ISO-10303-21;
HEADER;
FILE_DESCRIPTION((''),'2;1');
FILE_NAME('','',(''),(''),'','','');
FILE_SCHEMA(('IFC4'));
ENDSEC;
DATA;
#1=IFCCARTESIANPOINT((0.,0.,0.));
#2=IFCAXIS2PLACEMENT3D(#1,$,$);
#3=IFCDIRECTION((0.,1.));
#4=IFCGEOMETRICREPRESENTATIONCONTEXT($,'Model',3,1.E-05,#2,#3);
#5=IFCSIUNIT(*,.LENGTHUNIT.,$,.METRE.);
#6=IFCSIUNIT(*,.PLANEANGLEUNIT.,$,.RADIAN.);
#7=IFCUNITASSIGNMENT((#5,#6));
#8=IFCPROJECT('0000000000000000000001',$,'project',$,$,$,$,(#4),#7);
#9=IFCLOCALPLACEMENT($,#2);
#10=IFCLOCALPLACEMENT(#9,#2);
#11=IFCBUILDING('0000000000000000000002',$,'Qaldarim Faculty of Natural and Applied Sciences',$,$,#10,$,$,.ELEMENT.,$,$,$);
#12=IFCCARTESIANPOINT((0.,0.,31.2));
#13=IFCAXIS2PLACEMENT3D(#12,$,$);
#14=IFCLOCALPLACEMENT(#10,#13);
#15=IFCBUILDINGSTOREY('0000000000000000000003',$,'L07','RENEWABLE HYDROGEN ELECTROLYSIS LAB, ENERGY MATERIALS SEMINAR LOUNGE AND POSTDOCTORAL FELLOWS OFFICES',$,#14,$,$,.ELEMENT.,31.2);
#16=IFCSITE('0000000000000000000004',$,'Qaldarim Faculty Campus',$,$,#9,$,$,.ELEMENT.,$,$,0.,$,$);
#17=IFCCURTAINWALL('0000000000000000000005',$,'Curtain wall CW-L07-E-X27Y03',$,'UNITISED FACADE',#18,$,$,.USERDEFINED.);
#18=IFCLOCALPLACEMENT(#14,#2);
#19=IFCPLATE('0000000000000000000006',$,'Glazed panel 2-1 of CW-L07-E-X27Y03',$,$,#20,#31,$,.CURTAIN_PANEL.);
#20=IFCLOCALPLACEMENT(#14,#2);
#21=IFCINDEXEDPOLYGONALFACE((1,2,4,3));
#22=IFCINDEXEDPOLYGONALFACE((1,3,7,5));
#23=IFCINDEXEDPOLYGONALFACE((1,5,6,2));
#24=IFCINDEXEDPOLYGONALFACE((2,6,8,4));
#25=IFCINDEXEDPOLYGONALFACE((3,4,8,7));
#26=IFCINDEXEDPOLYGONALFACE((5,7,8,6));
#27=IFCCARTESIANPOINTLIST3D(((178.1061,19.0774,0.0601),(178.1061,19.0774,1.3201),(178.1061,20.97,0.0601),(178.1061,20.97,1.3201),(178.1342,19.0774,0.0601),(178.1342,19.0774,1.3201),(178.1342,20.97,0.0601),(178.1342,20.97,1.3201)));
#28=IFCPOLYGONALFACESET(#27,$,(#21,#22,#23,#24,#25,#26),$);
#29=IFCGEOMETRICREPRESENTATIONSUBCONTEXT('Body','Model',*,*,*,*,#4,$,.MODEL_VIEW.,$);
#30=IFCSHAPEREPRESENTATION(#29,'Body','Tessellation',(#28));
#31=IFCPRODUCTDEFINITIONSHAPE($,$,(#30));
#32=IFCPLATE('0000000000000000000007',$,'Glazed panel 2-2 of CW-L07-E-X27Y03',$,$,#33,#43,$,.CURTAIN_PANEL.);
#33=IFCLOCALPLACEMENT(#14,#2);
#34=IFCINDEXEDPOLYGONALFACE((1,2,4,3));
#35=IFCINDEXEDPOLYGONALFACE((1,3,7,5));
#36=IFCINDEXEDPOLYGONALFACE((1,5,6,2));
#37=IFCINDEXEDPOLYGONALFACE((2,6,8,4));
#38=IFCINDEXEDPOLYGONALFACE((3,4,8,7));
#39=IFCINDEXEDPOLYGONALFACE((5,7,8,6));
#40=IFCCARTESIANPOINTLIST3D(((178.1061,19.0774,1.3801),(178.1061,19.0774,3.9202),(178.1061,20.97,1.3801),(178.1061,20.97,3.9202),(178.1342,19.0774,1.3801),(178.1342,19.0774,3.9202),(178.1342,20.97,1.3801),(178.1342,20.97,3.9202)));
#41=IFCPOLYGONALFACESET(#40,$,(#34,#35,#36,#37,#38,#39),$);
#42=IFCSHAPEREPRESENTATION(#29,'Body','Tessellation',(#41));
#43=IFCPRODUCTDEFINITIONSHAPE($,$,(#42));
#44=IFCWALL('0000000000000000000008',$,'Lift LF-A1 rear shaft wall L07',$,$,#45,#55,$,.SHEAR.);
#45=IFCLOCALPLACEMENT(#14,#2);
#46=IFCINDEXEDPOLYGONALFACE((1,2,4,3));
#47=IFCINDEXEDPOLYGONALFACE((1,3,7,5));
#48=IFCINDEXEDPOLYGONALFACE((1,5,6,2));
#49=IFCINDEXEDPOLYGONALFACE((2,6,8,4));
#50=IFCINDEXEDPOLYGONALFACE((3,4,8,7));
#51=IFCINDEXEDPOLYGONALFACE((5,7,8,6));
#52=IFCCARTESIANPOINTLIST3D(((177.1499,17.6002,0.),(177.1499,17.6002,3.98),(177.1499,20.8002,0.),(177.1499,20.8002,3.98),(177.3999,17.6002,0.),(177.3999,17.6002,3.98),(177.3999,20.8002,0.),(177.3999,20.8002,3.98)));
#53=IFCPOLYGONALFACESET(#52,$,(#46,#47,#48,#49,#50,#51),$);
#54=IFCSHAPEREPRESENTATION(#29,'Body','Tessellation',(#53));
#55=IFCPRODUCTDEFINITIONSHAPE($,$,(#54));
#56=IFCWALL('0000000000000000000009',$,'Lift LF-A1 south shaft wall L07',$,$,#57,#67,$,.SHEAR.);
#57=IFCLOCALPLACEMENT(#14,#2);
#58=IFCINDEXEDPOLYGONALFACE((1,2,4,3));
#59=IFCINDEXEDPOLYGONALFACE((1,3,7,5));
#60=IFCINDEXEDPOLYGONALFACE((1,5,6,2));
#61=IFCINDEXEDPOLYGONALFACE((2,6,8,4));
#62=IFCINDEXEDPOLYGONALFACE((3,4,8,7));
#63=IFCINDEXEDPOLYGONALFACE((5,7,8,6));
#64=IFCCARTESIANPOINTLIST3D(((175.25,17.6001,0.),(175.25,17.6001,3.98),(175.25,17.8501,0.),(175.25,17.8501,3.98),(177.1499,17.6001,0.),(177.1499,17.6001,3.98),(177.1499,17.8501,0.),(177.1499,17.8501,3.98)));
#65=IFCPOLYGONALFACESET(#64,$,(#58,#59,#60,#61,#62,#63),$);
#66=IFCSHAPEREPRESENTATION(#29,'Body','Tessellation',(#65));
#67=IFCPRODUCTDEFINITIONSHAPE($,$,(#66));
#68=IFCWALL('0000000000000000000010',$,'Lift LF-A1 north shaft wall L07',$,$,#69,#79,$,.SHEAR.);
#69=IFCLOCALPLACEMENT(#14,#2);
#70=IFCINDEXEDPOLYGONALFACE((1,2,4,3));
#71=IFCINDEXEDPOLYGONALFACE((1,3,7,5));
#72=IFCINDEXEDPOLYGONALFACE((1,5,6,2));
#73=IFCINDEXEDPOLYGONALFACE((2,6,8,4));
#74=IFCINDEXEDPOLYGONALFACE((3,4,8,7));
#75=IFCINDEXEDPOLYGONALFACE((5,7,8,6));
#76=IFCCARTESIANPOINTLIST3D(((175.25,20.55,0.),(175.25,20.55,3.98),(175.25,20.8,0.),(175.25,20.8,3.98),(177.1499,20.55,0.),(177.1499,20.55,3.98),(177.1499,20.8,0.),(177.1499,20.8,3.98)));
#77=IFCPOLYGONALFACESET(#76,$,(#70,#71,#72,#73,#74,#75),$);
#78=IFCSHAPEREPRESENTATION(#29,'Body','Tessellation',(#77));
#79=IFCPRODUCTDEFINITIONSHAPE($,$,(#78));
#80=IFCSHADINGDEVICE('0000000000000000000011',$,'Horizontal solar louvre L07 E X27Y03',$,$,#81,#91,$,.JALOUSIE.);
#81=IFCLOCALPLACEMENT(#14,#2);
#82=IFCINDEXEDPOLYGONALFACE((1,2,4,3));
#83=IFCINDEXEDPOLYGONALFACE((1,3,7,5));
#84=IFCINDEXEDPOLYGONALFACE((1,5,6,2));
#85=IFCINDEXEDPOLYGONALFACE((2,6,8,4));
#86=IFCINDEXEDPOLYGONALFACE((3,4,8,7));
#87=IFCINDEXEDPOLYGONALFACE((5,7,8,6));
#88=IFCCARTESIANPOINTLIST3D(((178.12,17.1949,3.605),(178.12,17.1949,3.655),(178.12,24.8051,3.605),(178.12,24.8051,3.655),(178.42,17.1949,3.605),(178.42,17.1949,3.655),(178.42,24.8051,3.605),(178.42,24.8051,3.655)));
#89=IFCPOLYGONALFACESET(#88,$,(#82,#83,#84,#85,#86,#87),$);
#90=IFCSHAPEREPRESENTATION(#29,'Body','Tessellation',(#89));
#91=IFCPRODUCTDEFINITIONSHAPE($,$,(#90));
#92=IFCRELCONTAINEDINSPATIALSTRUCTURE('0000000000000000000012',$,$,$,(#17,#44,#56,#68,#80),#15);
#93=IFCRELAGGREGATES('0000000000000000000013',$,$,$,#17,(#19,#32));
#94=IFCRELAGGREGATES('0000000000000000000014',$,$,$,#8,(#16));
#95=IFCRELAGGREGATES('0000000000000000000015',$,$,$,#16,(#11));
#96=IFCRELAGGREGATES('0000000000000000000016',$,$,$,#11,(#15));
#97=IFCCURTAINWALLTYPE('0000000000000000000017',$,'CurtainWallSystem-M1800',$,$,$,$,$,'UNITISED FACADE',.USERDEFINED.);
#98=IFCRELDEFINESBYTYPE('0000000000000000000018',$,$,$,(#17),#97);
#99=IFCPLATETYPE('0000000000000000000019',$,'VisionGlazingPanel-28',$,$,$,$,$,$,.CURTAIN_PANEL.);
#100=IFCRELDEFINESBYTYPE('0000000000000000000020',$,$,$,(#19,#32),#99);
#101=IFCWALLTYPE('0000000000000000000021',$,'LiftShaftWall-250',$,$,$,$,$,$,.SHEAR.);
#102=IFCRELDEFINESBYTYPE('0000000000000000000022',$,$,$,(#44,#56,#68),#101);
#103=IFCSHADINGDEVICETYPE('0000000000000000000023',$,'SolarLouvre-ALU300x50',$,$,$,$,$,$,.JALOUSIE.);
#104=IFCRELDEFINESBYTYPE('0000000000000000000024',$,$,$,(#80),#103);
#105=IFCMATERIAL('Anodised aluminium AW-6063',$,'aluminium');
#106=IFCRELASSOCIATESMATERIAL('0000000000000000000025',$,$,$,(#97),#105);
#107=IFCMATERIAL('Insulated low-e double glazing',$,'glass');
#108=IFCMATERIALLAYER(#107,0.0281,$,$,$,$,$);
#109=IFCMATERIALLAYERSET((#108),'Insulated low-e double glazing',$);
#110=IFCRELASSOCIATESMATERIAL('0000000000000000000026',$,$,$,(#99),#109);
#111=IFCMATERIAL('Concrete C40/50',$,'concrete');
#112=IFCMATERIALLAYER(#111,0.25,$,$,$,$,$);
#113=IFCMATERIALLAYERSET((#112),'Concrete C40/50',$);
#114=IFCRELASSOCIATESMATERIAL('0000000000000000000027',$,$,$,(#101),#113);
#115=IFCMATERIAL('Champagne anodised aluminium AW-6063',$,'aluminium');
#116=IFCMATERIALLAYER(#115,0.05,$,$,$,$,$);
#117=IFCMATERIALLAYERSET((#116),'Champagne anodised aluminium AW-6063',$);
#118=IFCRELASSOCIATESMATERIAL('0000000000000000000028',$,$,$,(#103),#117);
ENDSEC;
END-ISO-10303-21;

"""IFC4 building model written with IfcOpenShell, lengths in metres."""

from ifc_helpers import new_model, si_unit, direction, frame, frame_2d, origin, origin_2d, place, context, subcontext, project, spatial, rectangle, extrude, material, layer, layer_set, type_object, element, aggregate, save


model = new_model("IFC4")

# Units and contexts
model_context = context("Model", 3, precision=1e-05, world=origin(), true_north=direction((0.0, 1.0)))
body_context = subcontext(model_context, "Body", "Model", "MODEL_VIEW")
ifc_project = project(units=[si_unit("LENGTHUNIT", "METRE"), si_unit("PLANEANGLEUNIT", "RADIAN")], contexts=[model_context])

# Site, building, storey
site_placement = place(None, origin())
site = spatial("IfcSite", under=ifc_project, at=site_placement, Name="Qaldarim Faculty Campus", CompositionType="ELEMENT", RefElevation=0.0)
building_placement = place(site_placement, origin())
building = spatial("IfcBuilding", under=site, at=building_placement, Name="Qaldarim Faculty of Natural and Applied Sciences", CompositionType="ELEMENT")
storey_placement = place(building_placement, frame((0.0, 0.0, 31.2)))
storey = spatial("IfcBuildingStorey", under=building, at=storey_placement, Name="L07", Description="RENEWABLE HYDROGEN ELECTROLYSIS LAB, ENERGY MATERIALS SEMINAR LOUNGE AND POSTDOCTORAL FELLOWS OFFICES", CompositionType="ELEMENT", Elevation=31.2)

# Curtain wall
ifc_material_1 = material(Name="Anodised aluminium AW-6063", Category="aluminium")
curtain_wall_type = type_object("IfcCurtainWallType", Name="CurtainWallSystem-M1800", ElementType="UNITISED FACADE", PredefinedType="USERDEFINED", material=ifc_material_1)
curtain_wall_placement = place(storey_placement, origin())
curtain_wall = element("IfcCurtainWall", 1, at=curtain_wall_placement, inside=storey, type_object=curtain_wall_type, Name="Curtain wall CW-L07-E-X27Y03", ObjectType="UNITISED FACADE", PredefinedType="USERDEFINED")

# Plates
ifc_material_2 = material(Name="Insulated low-e double glazing", Category="glass")
ifc_layer_1 = layer(ifc_material_2, 0.0281)
ifc_layer_set_1 = layer_set([ifc_layer_1], Name="Insulated low-e double glazing")
plate_type = type_object("IfcPlateType", Name="VisionGlazingPanel-28", PredefinedType="CURTAIN_PANEL", material=ifc_layer_set_1)
plate_1_placement = place(storey_placement, frame((178.1201, 20.0237, 0.0601), z_axis=(0.0, 0.0, 1.0), x_axis=(0.0, 1.0, 0.0)))
plate_1 = element("IfcPlate", 2, at=plate_1_placement, type_object=plate_type, Name="Glazed panel 2-1 of CW-L07-E-X27Y03", PredefinedType="CURTAIN_PANEL", context=body_context, shape_type="SweptSolid", body=[
    extrude(rectangle(XDim=1.8926, YDim=0.0281, at=origin_2d()), origin(), (0.0, 0.0, 1.0), 1.26),
])
plate_2_placement = place(storey_placement, frame((178.1201, 20.0237, 1.3801), z_axis=(0.0, 0.0, 1.0), x_axis=(0.0, 1.0, 0.0)))
plate_2 = element("IfcPlate", 3, at=plate_2_placement, type_object=plate_type, Name="Glazed panel 2-2 of CW-L07-E-X27Y03", PredefinedType="CURTAIN_PANEL", context=body_context, shape_type="SweptSolid", body=[
    extrude(rectangle(XDim=1.8926, YDim=0.0281, at=origin_2d()), origin(), (0.0, 0.0, 1.0), 2.54),
])
aggregate(curtain_wall, [plate_1, plate_2])

# Shared definitions
ifc_material_3 = material(Name="Concrete C40/50", Category="concrete")
ifc_layer_2 = layer(ifc_material_3, 0.25)
ifc_layer_set_2 = layer_set([ifc_layer_2], Name="Concrete C40/50")
wall_type = type_object("IfcWallType", Name="LiftShaftWall-250", PredefinedType="SHEAR", material=ifc_layer_set_2)

# Walls
wall_1_placement = place(storey_placement, frame((177.2749, 17.6001, 0.0), z_axis=(0.0, 0.0, 1.0), x_axis=(0.0, 1.0, 0.0)))
element("IfcWall", 4, at=wall_1_placement, inside=storey, type_object=wall_type, Name="Lift LF-A1 rear shaft wall L07", PredefinedType="SHEAR", context=body_context, shape_type="SweptSolid", body=[
    extrude(rectangle(XDim=3.2, YDim=0.25, at=frame_2d((1.6001, 0.0))), origin(), (0.0, 0.0, 1.0), 3.98),
])
for number, where, z_axis, x_axis, name in (
    (5, (175.25, 17.7251, 0.0), (0.0, 0.0, 1.0), (1.0, 0.0, 0.0), "Lift LF-A1 south shaft wall L07"),
    (6, (175.25, 20.675, 0.0), (0.0, 0.0, 1.0), (1.0, 0.0, 0.0), "Lift LF-A1 north shaft wall L07"),
):
    element("IfcWall", number, at=place(storey_placement, frame(where, z_axis=z_axis, x_axis=x_axis)), inside=storey, type_object=wall_type, Name=name, PredefinedType="SHEAR", context=body_context, shape_type="SweptSolid", body=[
        extrude(rectangle(XDim=1.8999, YDim=0.25, at=frame_2d((0.95, 0.0))), origin(), (0.0, 0.0, 1.0), 3.98),
    ])

# Shading device
ifc_material_4 = material(Name="Champagne anodised aluminium AW-6063", Category="aluminium")
ifc_layer_3 = layer(ifc_material_4, 0.05)
ifc_layer_set_3 = layer_set([ifc_layer_3], Name="Champagne anodised aluminium AW-6063")
shading_device_type = type_object("IfcShadingDeviceType", Name="SolarLouvre-ALU300x50", PredefinedType="JALOUSIE", material=ifc_layer_set_3)
shading_device_placement = place(storey_placement, frame((178.27, 21.0, 3.605), z_axis=(0.0, 0.0, 1.0), x_axis=(0.0, 1.0, 0.0)))
element("IfcShadingDevice", 7, at=shading_device_placement, inside=storey, type_object=shading_device_type, Name="Horizontal solar louvre L07 E X27Y03", PredefinedType="JALOUSIE", context=body_context, shape_type="SweptSolid", body=[
    extrude(rectangle(XDim=7.6101, YDim=0.3, at=origin_2d()), origin(), (0.0, 0.0, 1.0), 0.05),
])

save(model, "model.ifc")
